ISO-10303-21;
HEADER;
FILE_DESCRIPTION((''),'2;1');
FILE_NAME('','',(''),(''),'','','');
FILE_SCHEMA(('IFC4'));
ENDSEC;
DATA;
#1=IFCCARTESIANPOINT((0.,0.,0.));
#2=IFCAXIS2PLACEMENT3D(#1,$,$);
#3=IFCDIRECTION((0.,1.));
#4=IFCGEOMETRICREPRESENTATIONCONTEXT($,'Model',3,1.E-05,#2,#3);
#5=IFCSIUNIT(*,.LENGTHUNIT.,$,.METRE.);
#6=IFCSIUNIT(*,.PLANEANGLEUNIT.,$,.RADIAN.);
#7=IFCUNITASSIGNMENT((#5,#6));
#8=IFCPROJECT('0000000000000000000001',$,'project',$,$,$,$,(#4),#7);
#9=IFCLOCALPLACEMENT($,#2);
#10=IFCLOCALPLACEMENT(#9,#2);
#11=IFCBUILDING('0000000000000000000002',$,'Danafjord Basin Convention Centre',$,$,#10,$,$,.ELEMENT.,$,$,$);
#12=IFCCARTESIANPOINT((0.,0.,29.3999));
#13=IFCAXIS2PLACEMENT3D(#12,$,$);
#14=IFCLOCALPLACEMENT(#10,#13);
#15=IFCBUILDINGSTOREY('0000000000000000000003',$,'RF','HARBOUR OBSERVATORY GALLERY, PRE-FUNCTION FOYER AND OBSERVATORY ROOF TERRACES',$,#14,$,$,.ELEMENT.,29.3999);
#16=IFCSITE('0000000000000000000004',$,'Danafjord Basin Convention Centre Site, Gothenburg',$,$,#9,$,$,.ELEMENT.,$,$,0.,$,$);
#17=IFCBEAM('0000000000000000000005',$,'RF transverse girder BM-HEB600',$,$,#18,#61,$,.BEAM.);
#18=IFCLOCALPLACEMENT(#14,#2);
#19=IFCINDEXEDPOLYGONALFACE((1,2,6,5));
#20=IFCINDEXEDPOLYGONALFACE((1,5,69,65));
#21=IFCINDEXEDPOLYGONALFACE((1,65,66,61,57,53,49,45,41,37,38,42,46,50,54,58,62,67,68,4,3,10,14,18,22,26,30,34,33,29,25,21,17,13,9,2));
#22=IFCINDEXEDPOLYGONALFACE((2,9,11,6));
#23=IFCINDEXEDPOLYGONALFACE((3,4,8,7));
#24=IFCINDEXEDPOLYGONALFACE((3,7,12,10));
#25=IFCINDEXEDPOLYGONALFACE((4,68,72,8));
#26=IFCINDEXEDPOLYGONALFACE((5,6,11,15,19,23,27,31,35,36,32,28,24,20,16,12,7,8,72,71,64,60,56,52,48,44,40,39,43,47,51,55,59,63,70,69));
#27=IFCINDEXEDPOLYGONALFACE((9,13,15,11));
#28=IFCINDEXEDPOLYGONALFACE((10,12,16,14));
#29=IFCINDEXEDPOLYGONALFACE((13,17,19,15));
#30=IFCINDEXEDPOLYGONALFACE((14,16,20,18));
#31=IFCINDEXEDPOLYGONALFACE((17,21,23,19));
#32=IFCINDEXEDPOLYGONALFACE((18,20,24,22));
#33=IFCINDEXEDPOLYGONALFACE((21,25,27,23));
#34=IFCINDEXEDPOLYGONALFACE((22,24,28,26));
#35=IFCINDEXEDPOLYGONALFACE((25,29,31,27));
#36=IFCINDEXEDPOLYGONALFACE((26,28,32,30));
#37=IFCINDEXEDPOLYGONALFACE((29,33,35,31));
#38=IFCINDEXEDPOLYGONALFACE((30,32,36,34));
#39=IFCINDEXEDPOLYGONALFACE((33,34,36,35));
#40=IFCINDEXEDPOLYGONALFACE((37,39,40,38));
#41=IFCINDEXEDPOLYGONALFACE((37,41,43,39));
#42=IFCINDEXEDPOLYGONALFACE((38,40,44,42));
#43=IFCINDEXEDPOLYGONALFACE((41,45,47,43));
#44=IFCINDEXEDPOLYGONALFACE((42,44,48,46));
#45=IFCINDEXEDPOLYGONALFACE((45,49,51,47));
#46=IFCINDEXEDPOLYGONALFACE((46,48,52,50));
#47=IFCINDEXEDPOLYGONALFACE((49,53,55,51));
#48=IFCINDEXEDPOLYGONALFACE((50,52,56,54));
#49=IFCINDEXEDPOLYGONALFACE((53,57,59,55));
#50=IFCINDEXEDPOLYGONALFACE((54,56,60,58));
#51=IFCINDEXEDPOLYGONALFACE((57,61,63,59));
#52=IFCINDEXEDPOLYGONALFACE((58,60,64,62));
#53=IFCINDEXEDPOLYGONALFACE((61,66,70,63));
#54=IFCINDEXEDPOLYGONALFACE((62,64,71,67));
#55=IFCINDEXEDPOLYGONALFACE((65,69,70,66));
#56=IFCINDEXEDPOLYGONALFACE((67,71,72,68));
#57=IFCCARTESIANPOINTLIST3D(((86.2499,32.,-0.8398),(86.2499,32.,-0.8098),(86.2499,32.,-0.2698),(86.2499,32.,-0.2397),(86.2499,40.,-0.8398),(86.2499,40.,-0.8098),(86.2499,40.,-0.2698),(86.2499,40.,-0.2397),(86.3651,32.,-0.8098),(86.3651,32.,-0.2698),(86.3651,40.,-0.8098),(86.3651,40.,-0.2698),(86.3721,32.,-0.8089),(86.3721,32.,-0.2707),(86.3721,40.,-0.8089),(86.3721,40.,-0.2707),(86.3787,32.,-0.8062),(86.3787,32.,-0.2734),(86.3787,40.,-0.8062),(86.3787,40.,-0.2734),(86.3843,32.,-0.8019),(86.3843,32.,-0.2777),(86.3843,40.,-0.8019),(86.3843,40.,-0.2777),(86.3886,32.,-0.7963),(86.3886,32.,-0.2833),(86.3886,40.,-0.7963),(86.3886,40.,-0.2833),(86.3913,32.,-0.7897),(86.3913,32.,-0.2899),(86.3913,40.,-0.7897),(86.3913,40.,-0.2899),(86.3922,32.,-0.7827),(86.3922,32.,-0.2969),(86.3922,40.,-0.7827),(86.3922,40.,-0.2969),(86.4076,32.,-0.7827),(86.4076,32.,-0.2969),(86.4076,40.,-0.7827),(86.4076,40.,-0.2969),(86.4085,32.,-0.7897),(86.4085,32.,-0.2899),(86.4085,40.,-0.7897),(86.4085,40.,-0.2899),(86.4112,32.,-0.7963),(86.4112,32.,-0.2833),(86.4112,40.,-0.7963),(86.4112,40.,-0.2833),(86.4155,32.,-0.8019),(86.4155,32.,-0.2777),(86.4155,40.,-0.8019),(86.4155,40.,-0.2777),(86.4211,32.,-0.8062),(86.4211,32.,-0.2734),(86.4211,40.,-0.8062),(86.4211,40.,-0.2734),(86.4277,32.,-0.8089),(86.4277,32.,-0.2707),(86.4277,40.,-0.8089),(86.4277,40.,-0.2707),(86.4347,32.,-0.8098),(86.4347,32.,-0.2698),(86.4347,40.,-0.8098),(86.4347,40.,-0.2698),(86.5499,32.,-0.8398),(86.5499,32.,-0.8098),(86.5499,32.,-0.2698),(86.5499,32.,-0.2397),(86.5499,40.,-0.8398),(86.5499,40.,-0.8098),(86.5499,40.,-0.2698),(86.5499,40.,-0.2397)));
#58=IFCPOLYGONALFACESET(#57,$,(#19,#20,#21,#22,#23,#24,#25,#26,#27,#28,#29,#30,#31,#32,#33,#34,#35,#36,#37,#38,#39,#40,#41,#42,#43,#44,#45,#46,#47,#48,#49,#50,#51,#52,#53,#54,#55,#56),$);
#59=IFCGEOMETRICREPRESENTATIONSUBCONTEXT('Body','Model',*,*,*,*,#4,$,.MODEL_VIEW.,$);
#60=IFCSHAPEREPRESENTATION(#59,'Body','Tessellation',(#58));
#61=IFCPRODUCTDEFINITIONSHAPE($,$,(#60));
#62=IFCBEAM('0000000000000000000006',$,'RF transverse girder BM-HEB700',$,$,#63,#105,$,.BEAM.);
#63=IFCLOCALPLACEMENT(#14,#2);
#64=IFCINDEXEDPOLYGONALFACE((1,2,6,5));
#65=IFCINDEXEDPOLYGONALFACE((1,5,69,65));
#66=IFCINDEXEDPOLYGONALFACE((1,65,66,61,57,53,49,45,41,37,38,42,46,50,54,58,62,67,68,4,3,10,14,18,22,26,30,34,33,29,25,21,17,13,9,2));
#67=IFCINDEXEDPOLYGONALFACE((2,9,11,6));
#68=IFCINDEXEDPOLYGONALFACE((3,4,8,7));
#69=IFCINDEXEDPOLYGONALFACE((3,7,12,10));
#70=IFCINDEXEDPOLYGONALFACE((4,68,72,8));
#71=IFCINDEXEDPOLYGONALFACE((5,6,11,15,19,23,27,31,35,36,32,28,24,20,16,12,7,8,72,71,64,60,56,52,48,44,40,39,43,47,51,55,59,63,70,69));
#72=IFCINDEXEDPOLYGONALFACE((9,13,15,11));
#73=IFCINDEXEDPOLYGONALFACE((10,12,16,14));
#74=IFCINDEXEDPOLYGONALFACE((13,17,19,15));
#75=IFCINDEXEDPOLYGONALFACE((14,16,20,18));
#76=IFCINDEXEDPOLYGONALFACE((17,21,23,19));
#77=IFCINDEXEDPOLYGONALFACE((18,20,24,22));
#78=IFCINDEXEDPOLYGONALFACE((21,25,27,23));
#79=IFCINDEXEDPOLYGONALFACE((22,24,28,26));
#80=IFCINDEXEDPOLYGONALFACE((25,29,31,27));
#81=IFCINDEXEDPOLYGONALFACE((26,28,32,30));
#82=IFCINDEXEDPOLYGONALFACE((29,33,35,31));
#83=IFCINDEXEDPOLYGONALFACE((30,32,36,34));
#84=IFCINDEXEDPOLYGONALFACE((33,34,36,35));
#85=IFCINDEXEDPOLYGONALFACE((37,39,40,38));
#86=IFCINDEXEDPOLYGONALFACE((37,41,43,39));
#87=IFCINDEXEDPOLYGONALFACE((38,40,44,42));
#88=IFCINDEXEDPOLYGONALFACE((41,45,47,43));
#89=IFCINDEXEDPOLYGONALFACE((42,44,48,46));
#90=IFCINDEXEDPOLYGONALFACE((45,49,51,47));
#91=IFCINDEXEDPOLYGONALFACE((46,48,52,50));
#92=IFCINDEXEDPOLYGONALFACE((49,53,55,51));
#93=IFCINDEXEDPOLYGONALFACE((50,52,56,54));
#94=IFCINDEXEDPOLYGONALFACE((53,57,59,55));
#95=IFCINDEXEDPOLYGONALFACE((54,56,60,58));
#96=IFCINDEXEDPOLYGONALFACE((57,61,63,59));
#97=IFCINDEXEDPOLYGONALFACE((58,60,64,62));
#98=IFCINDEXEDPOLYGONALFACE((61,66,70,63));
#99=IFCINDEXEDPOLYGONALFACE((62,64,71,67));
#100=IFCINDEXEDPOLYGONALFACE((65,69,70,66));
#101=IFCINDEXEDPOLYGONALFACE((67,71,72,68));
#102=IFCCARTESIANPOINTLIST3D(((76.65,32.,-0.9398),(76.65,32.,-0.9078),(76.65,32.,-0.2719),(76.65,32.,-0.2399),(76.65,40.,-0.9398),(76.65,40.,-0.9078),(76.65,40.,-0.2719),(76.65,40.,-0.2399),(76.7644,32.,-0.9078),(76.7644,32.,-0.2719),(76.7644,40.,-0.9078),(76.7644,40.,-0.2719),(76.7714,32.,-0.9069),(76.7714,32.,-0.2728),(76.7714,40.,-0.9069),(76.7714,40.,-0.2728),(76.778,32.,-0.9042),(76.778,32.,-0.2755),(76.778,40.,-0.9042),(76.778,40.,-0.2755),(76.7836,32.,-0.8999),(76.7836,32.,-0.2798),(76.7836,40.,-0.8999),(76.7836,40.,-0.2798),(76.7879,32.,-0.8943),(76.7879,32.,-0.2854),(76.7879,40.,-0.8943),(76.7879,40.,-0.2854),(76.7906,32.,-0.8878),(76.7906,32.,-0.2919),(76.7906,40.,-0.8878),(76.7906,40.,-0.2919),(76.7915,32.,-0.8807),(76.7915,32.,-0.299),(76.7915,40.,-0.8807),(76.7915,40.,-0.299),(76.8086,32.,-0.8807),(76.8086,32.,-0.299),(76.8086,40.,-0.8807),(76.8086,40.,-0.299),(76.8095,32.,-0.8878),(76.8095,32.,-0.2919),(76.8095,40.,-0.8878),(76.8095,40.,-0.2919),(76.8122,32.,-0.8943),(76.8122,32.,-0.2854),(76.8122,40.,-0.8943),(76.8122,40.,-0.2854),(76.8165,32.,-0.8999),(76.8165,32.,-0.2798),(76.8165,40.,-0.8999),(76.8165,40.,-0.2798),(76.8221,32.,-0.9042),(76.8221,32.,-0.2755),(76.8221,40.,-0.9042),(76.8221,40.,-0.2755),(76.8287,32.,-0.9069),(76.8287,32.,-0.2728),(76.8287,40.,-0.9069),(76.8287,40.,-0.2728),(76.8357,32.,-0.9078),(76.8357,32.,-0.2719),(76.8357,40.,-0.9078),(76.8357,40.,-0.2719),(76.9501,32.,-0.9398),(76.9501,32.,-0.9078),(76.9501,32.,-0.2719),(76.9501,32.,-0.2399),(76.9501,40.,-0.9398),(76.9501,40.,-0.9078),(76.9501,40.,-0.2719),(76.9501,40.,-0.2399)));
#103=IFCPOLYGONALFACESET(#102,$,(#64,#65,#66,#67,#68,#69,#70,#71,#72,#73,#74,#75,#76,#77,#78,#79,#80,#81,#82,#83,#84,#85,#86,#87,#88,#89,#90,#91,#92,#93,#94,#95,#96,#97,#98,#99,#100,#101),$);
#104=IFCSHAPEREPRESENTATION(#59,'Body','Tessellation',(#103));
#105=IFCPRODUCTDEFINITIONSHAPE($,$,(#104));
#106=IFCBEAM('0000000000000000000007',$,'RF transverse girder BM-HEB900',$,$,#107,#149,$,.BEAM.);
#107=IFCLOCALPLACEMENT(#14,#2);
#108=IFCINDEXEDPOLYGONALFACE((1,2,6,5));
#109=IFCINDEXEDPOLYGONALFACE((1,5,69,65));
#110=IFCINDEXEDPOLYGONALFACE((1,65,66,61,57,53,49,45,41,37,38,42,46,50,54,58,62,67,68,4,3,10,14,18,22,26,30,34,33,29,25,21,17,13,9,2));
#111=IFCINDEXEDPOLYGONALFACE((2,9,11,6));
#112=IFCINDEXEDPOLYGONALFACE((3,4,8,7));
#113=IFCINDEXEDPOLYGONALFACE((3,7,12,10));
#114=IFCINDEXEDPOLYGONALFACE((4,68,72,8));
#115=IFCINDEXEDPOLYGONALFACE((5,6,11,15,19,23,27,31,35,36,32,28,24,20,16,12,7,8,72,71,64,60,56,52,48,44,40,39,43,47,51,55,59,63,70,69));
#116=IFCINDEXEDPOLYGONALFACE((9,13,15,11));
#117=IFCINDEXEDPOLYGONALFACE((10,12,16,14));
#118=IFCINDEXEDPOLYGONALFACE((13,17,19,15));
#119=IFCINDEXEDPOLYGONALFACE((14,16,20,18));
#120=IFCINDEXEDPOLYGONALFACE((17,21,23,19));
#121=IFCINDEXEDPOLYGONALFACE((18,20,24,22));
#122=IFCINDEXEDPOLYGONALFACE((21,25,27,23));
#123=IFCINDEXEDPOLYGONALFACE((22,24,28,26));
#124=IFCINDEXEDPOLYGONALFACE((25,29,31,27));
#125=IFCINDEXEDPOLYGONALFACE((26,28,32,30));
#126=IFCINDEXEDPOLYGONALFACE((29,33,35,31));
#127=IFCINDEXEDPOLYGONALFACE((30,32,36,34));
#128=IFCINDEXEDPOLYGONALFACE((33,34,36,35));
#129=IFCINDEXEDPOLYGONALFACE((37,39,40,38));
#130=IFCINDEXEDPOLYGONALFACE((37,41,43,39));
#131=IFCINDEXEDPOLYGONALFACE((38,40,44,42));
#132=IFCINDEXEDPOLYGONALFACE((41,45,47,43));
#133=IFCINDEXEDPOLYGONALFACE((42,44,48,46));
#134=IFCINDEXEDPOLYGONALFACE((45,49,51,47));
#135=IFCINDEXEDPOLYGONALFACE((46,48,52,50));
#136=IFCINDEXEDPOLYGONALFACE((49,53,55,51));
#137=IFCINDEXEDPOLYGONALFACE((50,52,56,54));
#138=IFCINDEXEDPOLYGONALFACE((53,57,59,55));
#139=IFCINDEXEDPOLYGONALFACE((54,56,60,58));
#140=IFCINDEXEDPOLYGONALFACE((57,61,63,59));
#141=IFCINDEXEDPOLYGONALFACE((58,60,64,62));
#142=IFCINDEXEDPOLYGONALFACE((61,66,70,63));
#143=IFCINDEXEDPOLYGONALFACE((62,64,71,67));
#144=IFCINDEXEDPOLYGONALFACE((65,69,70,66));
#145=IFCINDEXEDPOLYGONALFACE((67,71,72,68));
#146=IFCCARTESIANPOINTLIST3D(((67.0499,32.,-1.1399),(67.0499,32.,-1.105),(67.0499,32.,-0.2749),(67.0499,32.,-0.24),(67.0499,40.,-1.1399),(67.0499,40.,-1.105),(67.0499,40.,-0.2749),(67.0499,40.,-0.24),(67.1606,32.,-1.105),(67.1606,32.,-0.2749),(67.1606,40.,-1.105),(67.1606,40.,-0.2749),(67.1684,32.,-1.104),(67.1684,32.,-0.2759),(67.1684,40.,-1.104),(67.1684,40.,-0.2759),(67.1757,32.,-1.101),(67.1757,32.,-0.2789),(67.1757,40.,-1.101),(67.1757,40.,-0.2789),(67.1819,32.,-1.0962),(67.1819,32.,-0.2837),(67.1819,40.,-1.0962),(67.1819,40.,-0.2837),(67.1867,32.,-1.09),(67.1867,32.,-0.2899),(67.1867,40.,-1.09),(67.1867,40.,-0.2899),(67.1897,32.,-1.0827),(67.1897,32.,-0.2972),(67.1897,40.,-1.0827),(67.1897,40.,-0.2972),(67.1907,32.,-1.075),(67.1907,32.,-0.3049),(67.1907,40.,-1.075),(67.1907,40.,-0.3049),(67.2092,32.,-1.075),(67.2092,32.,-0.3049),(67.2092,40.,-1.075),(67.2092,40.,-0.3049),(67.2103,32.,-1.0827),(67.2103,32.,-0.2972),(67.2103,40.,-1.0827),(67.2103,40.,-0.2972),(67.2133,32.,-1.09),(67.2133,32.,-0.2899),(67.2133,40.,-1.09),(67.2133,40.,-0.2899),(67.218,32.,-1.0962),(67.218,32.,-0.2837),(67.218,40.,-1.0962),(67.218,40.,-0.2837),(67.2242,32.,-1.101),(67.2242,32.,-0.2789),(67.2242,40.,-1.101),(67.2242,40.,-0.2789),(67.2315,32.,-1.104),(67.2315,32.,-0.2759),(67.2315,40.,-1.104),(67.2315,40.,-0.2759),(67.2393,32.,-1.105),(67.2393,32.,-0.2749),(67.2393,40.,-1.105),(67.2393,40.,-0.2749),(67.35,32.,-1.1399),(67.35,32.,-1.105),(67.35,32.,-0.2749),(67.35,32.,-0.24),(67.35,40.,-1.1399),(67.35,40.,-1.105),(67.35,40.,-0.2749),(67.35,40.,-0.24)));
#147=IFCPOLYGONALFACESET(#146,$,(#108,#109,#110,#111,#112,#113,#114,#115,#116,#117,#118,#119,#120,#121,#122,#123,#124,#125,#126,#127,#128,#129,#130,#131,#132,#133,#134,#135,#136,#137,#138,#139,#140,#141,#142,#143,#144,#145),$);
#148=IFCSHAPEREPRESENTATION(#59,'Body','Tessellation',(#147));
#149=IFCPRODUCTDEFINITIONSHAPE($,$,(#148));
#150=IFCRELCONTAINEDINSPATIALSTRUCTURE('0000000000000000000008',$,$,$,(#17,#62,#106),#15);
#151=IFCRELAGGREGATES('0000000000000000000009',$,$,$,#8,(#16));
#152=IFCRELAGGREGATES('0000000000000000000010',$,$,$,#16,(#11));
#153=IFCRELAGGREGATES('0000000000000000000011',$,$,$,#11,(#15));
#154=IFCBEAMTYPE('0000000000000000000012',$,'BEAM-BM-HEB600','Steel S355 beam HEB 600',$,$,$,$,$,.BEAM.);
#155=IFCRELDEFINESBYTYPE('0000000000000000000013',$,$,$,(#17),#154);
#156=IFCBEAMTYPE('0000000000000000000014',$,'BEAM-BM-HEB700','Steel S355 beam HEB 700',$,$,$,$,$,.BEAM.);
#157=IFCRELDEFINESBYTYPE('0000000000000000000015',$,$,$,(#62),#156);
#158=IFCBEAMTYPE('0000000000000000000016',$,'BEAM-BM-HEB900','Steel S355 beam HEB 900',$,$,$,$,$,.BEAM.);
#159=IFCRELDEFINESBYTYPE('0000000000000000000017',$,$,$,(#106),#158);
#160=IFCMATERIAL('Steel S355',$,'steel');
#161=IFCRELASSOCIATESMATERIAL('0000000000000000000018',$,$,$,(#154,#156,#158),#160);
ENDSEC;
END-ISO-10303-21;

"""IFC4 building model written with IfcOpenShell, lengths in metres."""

from ifc_helpers import new_model, si_unit, direction, frame, origin, origin_2d, place, context, subcontext, project, spatial, i_section, extrude, material, material_profile, profile_set, type_object, element, save


model = new_model("IFC4")

# Units and contexts
model_context = context("Model", 3, precision=1e-05, world=origin(), true_north=direction((0.0, 1.0)))
body_context = subcontext(model_context, "Body", "Model", "MODEL_VIEW")
ifc_project = project(units=[si_unit("LENGTHUNIT", "METRE"), si_unit("PLANEANGLEUNIT", "RADIAN")], contexts=[model_context])

# Site, building, storey
site_placement = place(None, origin())
site = spatial("IfcSite", under=ifc_project, at=site_placement, Name="Danafjord Basin Convention Centre Site, Gothenburg", CompositionType="ELEMENT", RefElevation=0.0)
building_placement = place(site_placement, origin())
building = spatial("IfcBuilding", under=site, at=building_placement, Name="Danafjord Basin Convention Centre", CompositionType="ELEMENT")
storey_placement = place(building_placement, frame((0.0, 0.0, 29.3999)))
storey = spatial("IfcBuildingStorey", under=building, at=storey_placement, Name="RF", Description="HARBOUR OBSERVATORY GALLERY, PRE-FUNCTION FOYER AND OBSERVATORY ROOF TERRACES", CompositionType="ELEMENT", Elevation=29.3999)

# Shared definitions
ifc_material_1 = material(Name="Steel S355", Category="steel")

# Beams
ifc_material_profile_1 = material_profile(ifc_material_1, i_section(OverallWidth=0.3, OverallDepth=0.6001, WebThickness=0.0154, FlangeThickness=0.03, FilletRadius=0.0271, at=origin_2d()), Name="HEB 600")
ifc_profile_set_1 = profile_set([ifc_material_profile_1], Name="Steel S355")
beam_type_1 = type_object("IfcBeamType", Name="BEAM-BM-HEB600", Description="Steel S355 beam HEB 600", PredefinedType="BEAM", material=ifc_profile_set_1)
beam_1_placement = place(storey_placement, frame((86.3999, 32.0, -0.5398), z_axis=(0.0, 1.0, 0.0), x_axis=(-1.0, 0.0, 0.0)))
element("IfcBeam", 1, at=beam_1_placement, inside=storey, type_object=beam_type_1, Name="RF transverse girder BM-HEB600", PredefinedType="BEAM", context=body_context, shape_type="SweptSolid", body=[
    extrude(i_section(OverallWidth=0.3, OverallDepth=0.6001, WebThickness=0.0154, FlangeThickness=0.03, FilletRadius=0.0271, at=origin_2d()), origin(), (0.0, 0.0, 1.0), 8.0),
])
ifc_material_profile_2 = material_profile(ifc_material_1, i_section(OverallWidth=0.3, OverallDepth=0.7, WebThickness=0.0171, FlangeThickness=0.032, FilletRadius=0.0271, at=origin_2d()), Name="HEB 700")
ifc_profile_set_2 = profile_set([ifc_material_profile_2], Name="Steel S355")
beam_type_2 = type_object("IfcBeamType", Name="BEAM-BM-HEB700", Description="Steel S355 beam HEB 700", PredefinedType="BEAM", material=ifc_profile_set_2)
beam_2_placement = place(storey_placement, frame((76.8, 32.0, -0.5898), z_axis=(0.0, 1.0, 0.0), x_axis=(-1.0, 0.0, 0.0)))
element("IfcBeam", 2, at=beam_2_placement, inside=storey, type_object=beam_type_2, Name="RF transverse girder BM-HEB700", PredefinedType="BEAM", context=body_context, shape_type="SweptSolid", body=[
    extrude(i_section(OverallWidth=0.3, OverallDepth=0.7, WebThickness=0.0171, FlangeThickness=0.032, FilletRadius=0.0271, at=origin_2d()), origin(), (0.0, 0.0, 1.0), 8.0),
])
ifc_material_profile_3 = material_profile(ifc_material_1, i_section(OverallWidth=0.3, OverallDepth=0.8999, WebThickness=0.0186, FlangeThickness=0.0349, FilletRadius=0.03, at=origin_2d()), Name="HEB 900")
ifc_profile_set_3 = profile_set([ifc_material_profile_3], Name="Steel S355")
beam_type_3 = type_object("IfcBeamType", Name="BEAM-BM-HEB900", Description="Steel S355 beam HEB 900", PredefinedType="BEAM", material=ifc_profile_set_3)
beam_3_placement = place(storey_placement, frame((67.2, 32.0, -0.6899), z_axis=(0.0, 1.0, 0.0), x_axis=(-1.0, 0.0, 0.0)))
element("IfcBeam", 3, at=beam_3_placement, inside=storey, type_object=beam_type_3, Name="RF transverse girder BM-HEB900", PredefinedType="BEAM", context=body_context, shape_type="SweptSolid", body=[
    extrude(i_section(OverallWidth=0.3, OverallDepth=0.8999, WebThickness=0.0186, FlangeThickness=0.0349, FilletRadius=0.03, at=origin_2d()), origin(), (0.0, 0.0, 1.0), 8.0),
])

save(model, "model.ifc")
